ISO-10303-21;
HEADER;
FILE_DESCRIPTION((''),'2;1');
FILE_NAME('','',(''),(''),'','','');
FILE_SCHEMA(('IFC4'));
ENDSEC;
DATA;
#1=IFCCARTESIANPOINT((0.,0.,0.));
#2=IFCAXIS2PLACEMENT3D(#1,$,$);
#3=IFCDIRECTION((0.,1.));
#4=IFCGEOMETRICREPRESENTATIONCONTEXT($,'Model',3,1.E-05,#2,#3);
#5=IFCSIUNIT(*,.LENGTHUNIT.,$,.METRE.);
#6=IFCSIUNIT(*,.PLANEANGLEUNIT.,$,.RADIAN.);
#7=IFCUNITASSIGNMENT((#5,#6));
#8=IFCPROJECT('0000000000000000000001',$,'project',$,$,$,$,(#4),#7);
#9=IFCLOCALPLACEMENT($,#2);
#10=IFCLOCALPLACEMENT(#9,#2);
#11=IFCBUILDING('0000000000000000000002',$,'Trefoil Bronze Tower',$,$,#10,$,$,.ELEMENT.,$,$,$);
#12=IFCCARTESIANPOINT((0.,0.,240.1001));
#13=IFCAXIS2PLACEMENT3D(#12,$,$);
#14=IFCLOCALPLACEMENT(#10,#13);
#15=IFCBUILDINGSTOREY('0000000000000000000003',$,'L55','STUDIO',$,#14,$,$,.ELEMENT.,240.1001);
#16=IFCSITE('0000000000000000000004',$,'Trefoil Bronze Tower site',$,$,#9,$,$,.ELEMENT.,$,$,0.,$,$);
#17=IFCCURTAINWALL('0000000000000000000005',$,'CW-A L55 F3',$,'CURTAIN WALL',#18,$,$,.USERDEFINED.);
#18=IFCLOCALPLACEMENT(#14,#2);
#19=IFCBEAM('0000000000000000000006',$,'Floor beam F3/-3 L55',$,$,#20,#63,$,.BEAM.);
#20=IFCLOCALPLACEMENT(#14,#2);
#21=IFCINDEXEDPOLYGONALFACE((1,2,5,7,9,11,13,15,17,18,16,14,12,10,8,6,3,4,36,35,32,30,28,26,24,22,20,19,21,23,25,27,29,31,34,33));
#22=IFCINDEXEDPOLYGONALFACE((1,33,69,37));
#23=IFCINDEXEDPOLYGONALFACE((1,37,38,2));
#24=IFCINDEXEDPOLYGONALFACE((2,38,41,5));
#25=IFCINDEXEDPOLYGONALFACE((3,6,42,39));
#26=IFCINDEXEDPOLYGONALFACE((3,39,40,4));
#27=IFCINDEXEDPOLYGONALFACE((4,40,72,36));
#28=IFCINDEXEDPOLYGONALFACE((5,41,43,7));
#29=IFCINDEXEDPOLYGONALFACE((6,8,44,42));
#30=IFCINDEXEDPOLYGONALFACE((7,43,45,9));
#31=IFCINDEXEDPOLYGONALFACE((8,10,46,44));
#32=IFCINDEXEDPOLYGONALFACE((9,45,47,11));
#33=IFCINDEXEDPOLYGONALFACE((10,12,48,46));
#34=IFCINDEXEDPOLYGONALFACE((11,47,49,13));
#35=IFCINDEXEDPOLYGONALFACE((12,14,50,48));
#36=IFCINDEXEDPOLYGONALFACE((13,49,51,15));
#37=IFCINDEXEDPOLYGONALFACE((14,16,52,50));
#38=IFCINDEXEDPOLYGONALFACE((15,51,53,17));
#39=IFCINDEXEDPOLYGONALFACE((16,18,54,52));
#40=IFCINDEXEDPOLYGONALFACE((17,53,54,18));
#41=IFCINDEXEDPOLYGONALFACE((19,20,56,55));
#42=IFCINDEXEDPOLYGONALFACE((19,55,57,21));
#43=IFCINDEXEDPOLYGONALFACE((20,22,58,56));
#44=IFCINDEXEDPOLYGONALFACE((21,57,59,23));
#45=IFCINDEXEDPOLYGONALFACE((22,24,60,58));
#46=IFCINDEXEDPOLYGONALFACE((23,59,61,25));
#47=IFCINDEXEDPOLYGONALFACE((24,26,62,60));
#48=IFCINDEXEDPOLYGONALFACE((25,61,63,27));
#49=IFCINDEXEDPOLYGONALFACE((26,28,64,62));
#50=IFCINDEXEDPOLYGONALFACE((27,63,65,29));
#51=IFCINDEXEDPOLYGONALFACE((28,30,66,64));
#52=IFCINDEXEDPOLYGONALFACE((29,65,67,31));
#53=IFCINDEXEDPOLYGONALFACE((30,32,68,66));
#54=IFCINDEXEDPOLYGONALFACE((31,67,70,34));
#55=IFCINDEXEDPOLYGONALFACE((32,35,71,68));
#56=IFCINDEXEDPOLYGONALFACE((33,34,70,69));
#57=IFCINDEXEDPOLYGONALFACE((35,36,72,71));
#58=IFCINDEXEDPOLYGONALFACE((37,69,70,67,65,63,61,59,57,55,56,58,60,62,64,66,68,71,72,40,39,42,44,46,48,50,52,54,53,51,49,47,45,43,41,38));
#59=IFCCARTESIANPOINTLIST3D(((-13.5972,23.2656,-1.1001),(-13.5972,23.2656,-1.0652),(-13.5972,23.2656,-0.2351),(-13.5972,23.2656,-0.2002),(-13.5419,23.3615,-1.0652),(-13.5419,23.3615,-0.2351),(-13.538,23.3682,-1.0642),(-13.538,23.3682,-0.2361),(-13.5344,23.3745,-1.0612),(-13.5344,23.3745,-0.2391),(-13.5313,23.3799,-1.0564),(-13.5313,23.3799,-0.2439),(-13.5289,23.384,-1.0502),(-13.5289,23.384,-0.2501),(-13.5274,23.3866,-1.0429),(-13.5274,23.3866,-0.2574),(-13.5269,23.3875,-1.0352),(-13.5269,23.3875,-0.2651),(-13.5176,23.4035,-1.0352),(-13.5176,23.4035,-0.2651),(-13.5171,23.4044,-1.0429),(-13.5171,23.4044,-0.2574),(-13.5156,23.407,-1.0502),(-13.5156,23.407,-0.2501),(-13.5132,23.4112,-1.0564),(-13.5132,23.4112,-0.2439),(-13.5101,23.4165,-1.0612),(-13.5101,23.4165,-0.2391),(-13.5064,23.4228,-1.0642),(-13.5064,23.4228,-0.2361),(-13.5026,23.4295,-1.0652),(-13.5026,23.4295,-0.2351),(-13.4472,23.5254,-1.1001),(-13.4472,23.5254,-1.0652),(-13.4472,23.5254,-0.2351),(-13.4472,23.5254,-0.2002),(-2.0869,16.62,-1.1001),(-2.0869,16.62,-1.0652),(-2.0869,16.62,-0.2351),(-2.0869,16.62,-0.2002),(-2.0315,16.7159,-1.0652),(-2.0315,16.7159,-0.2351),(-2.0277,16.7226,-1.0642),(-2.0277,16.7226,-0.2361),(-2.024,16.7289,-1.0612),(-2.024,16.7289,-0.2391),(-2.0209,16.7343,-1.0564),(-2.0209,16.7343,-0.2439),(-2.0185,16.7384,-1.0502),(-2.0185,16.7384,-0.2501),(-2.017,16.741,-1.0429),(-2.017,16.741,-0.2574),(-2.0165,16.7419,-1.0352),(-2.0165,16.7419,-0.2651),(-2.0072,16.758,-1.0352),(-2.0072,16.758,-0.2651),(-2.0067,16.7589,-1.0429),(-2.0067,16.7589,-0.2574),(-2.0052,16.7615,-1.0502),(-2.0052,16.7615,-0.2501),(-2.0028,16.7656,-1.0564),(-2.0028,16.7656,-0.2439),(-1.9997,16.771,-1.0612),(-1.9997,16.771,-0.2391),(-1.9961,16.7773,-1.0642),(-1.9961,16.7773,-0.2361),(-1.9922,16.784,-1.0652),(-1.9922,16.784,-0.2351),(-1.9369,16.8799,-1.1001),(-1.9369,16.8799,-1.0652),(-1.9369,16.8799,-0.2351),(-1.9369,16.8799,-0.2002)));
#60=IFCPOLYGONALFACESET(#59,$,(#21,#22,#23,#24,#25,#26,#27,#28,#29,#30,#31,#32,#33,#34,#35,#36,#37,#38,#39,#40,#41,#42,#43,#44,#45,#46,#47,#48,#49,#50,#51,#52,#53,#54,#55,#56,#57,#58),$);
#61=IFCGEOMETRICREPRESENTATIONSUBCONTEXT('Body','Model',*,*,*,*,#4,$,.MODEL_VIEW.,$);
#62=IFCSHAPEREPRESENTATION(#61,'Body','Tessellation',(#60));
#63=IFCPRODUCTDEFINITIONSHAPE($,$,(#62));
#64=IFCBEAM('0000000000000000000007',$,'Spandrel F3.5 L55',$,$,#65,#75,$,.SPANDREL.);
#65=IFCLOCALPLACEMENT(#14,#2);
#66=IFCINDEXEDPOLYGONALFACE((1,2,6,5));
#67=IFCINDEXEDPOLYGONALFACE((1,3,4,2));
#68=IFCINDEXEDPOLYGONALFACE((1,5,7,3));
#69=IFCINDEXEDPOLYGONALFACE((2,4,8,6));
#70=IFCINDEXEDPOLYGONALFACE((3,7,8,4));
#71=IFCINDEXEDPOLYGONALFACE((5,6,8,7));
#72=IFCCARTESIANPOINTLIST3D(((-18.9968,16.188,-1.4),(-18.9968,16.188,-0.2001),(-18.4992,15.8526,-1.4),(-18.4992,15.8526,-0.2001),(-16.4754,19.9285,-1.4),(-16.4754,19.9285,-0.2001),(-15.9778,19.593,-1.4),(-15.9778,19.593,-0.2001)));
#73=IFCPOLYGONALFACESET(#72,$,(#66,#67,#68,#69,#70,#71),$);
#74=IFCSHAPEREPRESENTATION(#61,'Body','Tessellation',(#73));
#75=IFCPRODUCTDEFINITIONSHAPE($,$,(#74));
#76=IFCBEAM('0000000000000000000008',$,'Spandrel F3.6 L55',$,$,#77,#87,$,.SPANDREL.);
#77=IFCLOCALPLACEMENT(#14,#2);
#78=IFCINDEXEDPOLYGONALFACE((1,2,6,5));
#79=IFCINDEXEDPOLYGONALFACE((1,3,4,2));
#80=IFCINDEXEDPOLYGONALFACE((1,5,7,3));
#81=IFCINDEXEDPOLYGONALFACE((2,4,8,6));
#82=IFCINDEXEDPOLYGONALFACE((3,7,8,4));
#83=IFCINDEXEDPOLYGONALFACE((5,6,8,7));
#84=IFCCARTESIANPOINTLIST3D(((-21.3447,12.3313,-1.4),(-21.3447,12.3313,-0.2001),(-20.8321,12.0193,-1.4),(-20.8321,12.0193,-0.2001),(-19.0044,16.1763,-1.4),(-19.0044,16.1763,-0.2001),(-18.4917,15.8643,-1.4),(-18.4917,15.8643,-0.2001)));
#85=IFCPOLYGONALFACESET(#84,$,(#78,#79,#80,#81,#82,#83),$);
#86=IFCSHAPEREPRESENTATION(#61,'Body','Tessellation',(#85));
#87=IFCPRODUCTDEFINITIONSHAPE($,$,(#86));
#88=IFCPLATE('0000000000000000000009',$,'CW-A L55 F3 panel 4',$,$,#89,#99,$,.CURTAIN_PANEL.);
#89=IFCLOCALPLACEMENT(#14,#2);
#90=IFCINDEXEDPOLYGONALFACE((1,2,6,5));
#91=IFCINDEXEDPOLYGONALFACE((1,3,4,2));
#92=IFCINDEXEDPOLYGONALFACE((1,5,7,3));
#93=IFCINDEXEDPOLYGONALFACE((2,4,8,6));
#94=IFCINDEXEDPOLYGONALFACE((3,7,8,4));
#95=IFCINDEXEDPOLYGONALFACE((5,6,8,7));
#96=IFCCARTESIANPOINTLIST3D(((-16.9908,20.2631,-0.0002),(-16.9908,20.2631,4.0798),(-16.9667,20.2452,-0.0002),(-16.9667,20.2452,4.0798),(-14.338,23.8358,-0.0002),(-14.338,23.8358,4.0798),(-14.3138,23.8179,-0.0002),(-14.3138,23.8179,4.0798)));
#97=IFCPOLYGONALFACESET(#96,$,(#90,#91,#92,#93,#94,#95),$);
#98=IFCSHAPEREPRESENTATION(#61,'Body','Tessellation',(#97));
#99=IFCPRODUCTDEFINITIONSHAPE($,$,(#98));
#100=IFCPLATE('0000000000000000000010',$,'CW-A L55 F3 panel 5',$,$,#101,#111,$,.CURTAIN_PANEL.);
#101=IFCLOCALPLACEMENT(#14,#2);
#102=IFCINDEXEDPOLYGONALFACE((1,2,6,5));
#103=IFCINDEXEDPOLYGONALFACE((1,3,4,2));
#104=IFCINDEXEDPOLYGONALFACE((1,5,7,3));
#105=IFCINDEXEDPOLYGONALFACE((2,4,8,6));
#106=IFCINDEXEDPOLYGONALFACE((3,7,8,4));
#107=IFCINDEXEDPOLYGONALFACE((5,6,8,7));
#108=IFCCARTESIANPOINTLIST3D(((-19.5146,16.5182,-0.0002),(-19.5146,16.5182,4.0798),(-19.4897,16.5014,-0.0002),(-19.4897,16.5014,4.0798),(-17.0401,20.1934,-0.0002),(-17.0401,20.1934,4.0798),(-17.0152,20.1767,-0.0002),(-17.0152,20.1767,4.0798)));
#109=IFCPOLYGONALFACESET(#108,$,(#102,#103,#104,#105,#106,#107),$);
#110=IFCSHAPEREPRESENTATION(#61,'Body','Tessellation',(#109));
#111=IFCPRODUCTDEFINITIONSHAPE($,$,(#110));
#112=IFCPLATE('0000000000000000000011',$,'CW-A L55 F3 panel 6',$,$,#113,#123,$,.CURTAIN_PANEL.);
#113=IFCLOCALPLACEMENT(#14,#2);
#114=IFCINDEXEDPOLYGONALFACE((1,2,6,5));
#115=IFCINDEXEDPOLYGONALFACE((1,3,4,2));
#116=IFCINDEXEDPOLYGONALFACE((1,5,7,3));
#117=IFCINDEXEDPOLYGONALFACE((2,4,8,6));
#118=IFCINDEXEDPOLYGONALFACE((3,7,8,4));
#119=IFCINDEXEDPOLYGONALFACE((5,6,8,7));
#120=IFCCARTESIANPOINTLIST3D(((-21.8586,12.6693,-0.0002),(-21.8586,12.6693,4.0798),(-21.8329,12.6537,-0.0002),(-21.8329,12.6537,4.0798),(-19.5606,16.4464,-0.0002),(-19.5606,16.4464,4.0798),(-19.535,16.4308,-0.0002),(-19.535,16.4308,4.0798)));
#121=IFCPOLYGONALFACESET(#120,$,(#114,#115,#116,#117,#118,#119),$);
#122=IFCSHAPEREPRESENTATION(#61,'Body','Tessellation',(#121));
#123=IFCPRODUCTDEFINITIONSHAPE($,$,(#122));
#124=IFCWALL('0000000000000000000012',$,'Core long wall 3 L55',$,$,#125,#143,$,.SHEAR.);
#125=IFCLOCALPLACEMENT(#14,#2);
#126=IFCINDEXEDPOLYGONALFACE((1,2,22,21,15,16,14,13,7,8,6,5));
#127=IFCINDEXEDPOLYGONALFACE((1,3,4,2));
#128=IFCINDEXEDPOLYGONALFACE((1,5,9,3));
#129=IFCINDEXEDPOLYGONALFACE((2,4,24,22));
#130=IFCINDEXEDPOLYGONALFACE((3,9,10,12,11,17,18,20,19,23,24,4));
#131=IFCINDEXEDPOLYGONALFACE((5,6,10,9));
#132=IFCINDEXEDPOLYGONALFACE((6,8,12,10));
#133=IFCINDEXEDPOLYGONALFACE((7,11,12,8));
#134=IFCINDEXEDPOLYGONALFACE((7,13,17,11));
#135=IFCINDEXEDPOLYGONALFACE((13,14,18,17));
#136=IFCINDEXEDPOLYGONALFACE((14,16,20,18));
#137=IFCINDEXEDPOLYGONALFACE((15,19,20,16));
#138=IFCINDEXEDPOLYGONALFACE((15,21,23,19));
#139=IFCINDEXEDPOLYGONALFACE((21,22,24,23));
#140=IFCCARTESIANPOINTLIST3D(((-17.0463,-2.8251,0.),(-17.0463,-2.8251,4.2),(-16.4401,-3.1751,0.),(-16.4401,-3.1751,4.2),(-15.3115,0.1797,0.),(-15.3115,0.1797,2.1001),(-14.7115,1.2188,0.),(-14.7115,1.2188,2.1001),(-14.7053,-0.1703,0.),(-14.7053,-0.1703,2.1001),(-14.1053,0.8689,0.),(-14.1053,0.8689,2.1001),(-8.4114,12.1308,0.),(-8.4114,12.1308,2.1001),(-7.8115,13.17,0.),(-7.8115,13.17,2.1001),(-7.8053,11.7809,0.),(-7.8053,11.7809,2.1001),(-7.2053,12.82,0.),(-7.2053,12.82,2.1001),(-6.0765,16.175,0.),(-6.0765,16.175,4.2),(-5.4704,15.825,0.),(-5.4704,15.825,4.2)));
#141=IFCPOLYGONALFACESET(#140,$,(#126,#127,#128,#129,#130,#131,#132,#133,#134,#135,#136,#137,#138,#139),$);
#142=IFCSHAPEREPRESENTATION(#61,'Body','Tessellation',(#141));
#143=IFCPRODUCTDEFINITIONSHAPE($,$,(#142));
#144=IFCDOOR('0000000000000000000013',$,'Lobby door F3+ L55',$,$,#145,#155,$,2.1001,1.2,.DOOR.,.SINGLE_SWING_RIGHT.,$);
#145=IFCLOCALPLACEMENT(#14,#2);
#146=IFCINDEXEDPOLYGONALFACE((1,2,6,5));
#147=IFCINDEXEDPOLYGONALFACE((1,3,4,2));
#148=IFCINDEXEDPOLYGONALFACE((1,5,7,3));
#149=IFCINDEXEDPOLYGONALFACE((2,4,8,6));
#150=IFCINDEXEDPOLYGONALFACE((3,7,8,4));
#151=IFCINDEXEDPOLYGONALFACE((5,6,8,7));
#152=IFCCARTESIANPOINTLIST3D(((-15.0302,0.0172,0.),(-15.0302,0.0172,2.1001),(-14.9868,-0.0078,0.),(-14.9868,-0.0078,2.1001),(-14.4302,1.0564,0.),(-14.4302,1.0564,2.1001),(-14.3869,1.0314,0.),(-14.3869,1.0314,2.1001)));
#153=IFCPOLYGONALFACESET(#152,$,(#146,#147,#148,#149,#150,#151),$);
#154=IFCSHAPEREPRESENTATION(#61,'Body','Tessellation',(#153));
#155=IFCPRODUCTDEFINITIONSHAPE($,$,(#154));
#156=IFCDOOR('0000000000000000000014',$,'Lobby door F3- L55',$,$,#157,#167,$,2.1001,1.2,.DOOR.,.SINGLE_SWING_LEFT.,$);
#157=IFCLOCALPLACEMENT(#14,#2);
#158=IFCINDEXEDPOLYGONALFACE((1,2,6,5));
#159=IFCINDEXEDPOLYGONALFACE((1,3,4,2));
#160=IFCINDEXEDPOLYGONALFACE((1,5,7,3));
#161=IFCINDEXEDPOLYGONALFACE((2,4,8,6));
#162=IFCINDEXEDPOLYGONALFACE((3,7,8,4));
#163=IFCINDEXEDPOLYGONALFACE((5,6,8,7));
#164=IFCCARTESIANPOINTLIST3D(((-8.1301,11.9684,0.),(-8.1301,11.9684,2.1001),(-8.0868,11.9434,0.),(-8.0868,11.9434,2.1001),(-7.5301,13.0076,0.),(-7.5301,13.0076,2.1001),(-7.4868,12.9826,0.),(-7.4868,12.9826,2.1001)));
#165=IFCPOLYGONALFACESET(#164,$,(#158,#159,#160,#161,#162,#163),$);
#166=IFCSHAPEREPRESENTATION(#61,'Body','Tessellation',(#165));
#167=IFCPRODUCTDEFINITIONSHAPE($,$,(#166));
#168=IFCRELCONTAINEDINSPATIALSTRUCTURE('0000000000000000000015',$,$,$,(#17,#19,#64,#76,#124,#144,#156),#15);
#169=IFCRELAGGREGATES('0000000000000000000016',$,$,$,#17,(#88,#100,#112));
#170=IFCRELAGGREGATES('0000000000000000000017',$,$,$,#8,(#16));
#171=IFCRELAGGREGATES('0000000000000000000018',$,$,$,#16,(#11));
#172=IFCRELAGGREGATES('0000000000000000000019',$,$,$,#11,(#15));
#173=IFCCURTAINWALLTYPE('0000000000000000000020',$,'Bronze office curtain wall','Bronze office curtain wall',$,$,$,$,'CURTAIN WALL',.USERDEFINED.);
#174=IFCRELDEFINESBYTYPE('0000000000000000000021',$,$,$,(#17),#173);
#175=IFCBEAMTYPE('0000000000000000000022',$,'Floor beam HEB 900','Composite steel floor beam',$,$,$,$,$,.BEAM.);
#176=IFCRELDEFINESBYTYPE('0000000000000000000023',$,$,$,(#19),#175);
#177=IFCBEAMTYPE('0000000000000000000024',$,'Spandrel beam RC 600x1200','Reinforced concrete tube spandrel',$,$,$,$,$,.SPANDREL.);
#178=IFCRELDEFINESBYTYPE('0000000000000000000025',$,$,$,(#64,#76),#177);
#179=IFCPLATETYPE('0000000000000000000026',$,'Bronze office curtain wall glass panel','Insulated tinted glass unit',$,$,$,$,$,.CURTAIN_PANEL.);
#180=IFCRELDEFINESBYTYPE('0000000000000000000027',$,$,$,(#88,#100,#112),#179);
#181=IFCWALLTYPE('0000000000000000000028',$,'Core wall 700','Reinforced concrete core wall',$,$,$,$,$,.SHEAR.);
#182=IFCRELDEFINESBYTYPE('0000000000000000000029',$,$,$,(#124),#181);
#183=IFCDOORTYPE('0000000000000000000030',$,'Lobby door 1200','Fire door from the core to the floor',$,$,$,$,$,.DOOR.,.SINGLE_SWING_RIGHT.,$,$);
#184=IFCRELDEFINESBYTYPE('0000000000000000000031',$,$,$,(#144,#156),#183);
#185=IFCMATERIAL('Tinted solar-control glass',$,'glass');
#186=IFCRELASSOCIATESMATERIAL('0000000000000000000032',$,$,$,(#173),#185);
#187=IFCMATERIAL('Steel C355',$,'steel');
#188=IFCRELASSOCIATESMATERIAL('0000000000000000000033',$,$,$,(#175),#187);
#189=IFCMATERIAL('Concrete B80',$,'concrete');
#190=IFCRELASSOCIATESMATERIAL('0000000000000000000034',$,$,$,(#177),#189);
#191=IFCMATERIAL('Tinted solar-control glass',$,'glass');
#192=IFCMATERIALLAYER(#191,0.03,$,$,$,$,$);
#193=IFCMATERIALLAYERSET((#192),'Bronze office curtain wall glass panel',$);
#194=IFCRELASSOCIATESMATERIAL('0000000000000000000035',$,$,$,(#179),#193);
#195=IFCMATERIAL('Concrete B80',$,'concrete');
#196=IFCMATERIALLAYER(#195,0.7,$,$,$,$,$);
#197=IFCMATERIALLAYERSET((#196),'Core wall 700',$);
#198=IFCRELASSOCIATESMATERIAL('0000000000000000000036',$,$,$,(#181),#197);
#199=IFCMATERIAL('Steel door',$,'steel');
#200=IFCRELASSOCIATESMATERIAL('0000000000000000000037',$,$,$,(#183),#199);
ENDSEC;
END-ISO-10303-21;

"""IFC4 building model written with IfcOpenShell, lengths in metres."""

from ifc_helpers import new_model, si_unit, direction, frame, frame_2d, origin, origin_2d, place, context, subcontext, project, spatial, rectangle, i_section, extrude, material, layer, layer_set, material_profile, profile_set, type_object, element, fill, aggregate, save


model = new_model("IFC4")

# Units and contexts
model_context = context("Model", 3, precision=1e-05, world=origin(), true_north=direction((0.0, 1.0)))
body_context = subcontext(model_context, "Body", "Model", "MODEL_VIEW")
ifc_project = project(units=[si_unit("LENGTHUNIT", "METRE"), si_unit("PLANEANGLEUNIT", "RADIAN")], contexts=[model_context])

# Site, building, storey
site_placement = place(None, origin())
site = spatial("IfcSite", under=ifc_project, at=site_placement, Name="Trefoil Bronze Tower site", CompositionType="ELEMENT", RefElevation=0.0)
building_placement = place(site_placement, origin())
building = spatial("IfcBuilding", under=site, at=building_placement, Name="Trefoil Bronze Tower", CompositionType="ELEMENT")
storey_placement = place(building_placement, frame((0.0, 0.0, 240.1001)))
storey = spatial("IfcBuildingStorey", under=building, at=storey_placement, Name="L55", Description="STUDIO", CompositionType="ELEMENT", Elevation=240.1001)

# Curtain wall
ifc_material_1 = material(Name="Tinted solar-control glass", Category="glass")
curtain_wall_type = type_object("IfcCurtainWallType", Name="Bronze office curtain wall", Description="Bronze office curtain wall", ElementType="CURTAIN WALL", PredefinedType="USERDEFINED", material=ifc_material_1)
curtain_wall_placement = place(storey_placement, origin())
curtain_wall = element("IfcCurtainWall", 1, at=curtain_wall_placement, inside=storey, type_object=curtain_wall_type, Name="CW-A L55 F3", ObjectType="CURTAIN WALL", PredefinedType="USERDEFINED")

# Beams
ifc_material_2 = material(Name="Steel C355", Category="steel")
ifc_material_profile_1 = material_profile(ifc_material_2, i_section(OverallWidth=0.3, OverallDepth=0.8999, WebThickness=0.0186, FlangeThickness=0.0349, FilletRadius=0.03, at=origin_2d()), Name="HEB 900")
ifc_profile_set_1 = profile_set([ifc_material_profile_1], Name="Steel C355")
beam_type_1 = type_object("IfcBeamType", Name="Floor beam HEB 900", Description="Composite steel floor beam", PredefinedType="BEAM", material=ifc_profile_set_1)
beam_1_placement = place(storey_placement, frame((-13.5222, 23.3955, -0.6501), z_axis=(0.866023, -0.500003, 0.0), x_axis=(0.500003, 0.866023, 0.0)))
element("IfcBeam", 2, at=beam_1_placement, inside=storey, type_object=beam_type_1, Name="Floor beam F3/-3 L55", PredefinedType="BEAM", context=body_context, shape_type="SweptSolid", body=[
    extrude(i_section(OverallWidth=0.3, OverallDepth=0.8999, WebThickness=0.0186, FlangeThickness=0.0349, FilletRadius=0.03, at=origin_2d()), origin(), (0.0, 0.0, 1.0), 13.291),
])
ifc_material_3 = material(Name="Concrete B80", Category="concrete")
ifc_material_profile_2 = material_profile(ifc_material_3, rectangle(XDim=0.6001, YDim=1.2, at=origin_2d()), Name="RC 600x1200")
ifc_profile_set_2 = profile_set([ifc_material_profile_2], Name="Concrete B80")
beam_type_2 = type_object("IfcBeamType", Name="Spandrel beam RC 600x1200", Description="Reinforced concrete tube spandrel", PredefinedType="SPANDREL", material=ifc_profile_set_2)
beam_2_placement = place(storey_placement, frame((-16.2266, 19.7607, -0.8), z_axis=(-0.558964, -0.829192, 0.0), x_axis=(0.829192, -0.558964, 0.0)))
element("IfcBeam", 3, at=beam_2_placement, inside=storey, type_object=beam_type_2, Name="Spandrel F3.5 L55", PredefinedType="SPANDREL", context=body_context, shape_type="SweptSolid", body=[
    extrude(rectangle(XDim=0.6001, YDim=1.2, at=origin_2d()), origin(), (0.0, 0.0, 1.0), 4.511),
])
beam_3_placement = place(storey_placement, frame((-18.748, 16.0203, -0.8), z_axis=(-0.519933, -0.854207, 0.0), x_axis=(0.854207, -0.519933, 0.0)))
element("IfcBeam", 4, at=beam_3_placement, inside=storey, type_object=beam_type_2, Name="Spandrel F3.6 L55", PredefinedType="SPANDREL", context=body_context, shape_type="SweptSolid", body=[
    extrude(rectangle(XDim=0.6001, YDim=1.2, at=origin_2d()), origin(), (0.0, 0.0, 1.0), 4.5012),
])

# Plates
ifc_material_4 = material(Name="Tinted solar-control glass", Category="glass")
ifc_layer_1 = layer(ifc_material_4, 0.03)
ifc_layer_set_1 = layer_set([ifc_layer_1], Name="Bronze office curtain wall glass panel")
plate_type = type_object("IfcPlateType", Name="Bronze office curtain wall glass panel", Description="Insulated tinted glass unit", PredefinedType="CURTAIN_PANEL", material=ifc_layer_set_1)
plate_1_placement = place(storey_placement, frame((-15.6523, 22.0405, -0.0002), z_axis=(0.0, 0.0, 1.0), x_axis=(-0.596162, -0.802865, 0.0)))
plate_1 = element("IfcPlate", 5, at=plate_1_placement, type_object=plate_type, Name="CW-A L55 F3 panel 4", PredefinedType="CURTAIN_PANEL", context=body_context, shape_type="SweptSolid", body=[
    extrude(rectangle(XDim=4.45, YDim=0.03, at=origin_2d()), origin(), (0.0, 0.0, 1.0), 4.0801),
])
plate_2_placement = place(storey_placement, frame((-18.2649, 18.3474, -0.0002), z_axis=(0.0, 0.0, 1.0), x_axis=(-0.558493, -0.829509, 0.0)))
plate_2 = element("IfcPlate", 6, at=plate_2_placement, type_object=plate_type, Name="CW-A L55 F3 panel 5", PredefinedType="CURTAIN_PANEL", context=body_context, shape_type="SweptSolid", body=[
    extrude(rectangle(XDim=4.4307, YDim=0.03, at=origin_2d()), origin(), (0.0, 0.0, 1.0), 4.0801),
])
plate_3_placement = place(storey_placement, frame((-20.6968, 14.55, -0.0002), z_axis=(0.0, 0.0, 1.0), x_axis=(-0.519762, -0.854311, 0.0)))
plate_3 = element("IfcPlate", 7, at=plate_3_placement, type_object=plate_type, Name="CW-A L55 F3 panel 6", PredefinedType="CURTAIN_PANEL", context=body_context, shape_type="SweptSolid", body=[
    extrude(rectangle(XDim=4.4211, YDim=0.03, at=origin_2d()), origin(), (0.0, 0.0, 1.0), 4.0801),
])
aggregate(curtain_wall, [plate_1, plate_2, plate_3])

# Wall, openings, doors
ifc_material_5 = material(Name="Concrete B80", Category="concrete")
ifc_layer_2 = layer(ifc_material_5, 0.7)
ifc_layer_set_2 = layer_set([ifc_layer_2], Name="Core wall 700")
wall_type_1 = type_object("IfcWallType", Name="Core wall 700", Description="Reinforced concrete core wall", PredefinedType="SHEAR", material=ifc_layer_set_2)
wall_1_placement = place(storey_placement, frame((-5.7734, 16.0, 0.0), z_axis=(0.0, 0.0, 1.0), x_axis=(-0.500002, -0.866024, 0.0)))
wall_1 = element("IfcWall", 8, at=wall_1_placement, inside=storey, type_object=wall_type_1, Name="Core long wall 3 L55", PredefinedType="SHEAR", context=body_context, shape_type="SweptSolid", body=[
    extrude(rectangle(XDim=21.9395, YDim=0.7, at=frame_2d((10.9697, 0.0))), origin(), (0.0, 0.0, 1.0), 4.2),
])
opening_1_placement = place(wall_1_placement, frame((17.2698, 0.0, 0.0)))
opening_1 = element("IfcOpeningElement", 9, at=opening_1_placement, cuts=wall_1, PredefinedType="OPENING", context=body_context, shape_type="SweptSolid", body=[
    extrude(rectangle(XDim=1.2, YDim=2.1001, at=frame_2d((0.6001, 1.05))), frame((0.0, 0.3599, 0.0), z_axis=(0.0, -1.0, 0.0), x_axis=(1.0, 0.0, 0.0)), (0.0, 0.0, 1.0), 0.72),
])
opening_2_placement = place(wall_1_placement, frame((3.4697, 0.0, 0.0)))
opening_2 = element("IfcOpeningElement", 10, at=opening_2_placement, cuts=wall_1, PredefinedType="OPENING", context=body_context, shape_type="SweptSolid", body=[
    extrude(rectangle(XDim=1.2, YDim=2.1001, at=frame_2d((0.6001, 1.05))), frame((0.0, 0.3599, 0.0), z_axis=(0.0, -1.0, 0.0), x_axis=(1.0, 0.0, 0.0)), (0.0, 0.0, 1.0), 0.72),
])
ifc_material_6 = material(Name="Steel door", Category="steel")
door_type_1 = type_object("IfcDoorType", Name="Lobby door 1200", Description="Fire door from the core to the floor", OperationType="SINGLE_SWING_RIGHT", PredefinedType="DOOR", material=ifc_material_6)
door_1_placement = place(opening_1_placement, origin())
door_1 = element("IfcDoor", 11, at=door_1_placement, inside=storey, type_object=door_type_1, Name="Lobby door F3+ L55", OperationType="SINGLE_SWING_RIGHT", OverallHeight=2.1001, OverallWidth=1.2, PredefinedType="DOOR", context=body_context, shape_type="SweptSolid", body=[
    extrude(rectangle(XDim=1.2, YDim=2.1001, at=frame_2d((0.6001, 1.05))), frame((0.0, 0.0249, 0.0), z_axis=(0.0, -1.0, 0.0), x_axis=(1.0, 0.0, 0.0)), (0.0, 0.0, 1.0), 0.05),
])
fill(opening_1, door_1)
door_2_placement = place(opening_2_placement, origin())
door_2 = element("IfcDoor", 12, at=door_2_placement, inside=storey, type_object=door_type_1, Name="Lobby door F3- L55", OperationType="SINGLE_SWING_LEFT", OverallHeight=2.1001, OverallWidth=1.2, PredefinedType="DOOR", context=body_context, shape_type="SweptSolid", body=[
    extrude(rectangle(XDim=1.2, YDim=2.1001, at=frame_2d((0.6001, 1.05))), frame((0.0, 0.0249, 0.0), z_axis=(0.0, -1.0, 0.0), x_axis=(1.0, 0.0, 0.0)), (0.0, 0.0, 1.0), 0.05),
])
fill(opening_2, door_2)

save(model, "model.ifc")
